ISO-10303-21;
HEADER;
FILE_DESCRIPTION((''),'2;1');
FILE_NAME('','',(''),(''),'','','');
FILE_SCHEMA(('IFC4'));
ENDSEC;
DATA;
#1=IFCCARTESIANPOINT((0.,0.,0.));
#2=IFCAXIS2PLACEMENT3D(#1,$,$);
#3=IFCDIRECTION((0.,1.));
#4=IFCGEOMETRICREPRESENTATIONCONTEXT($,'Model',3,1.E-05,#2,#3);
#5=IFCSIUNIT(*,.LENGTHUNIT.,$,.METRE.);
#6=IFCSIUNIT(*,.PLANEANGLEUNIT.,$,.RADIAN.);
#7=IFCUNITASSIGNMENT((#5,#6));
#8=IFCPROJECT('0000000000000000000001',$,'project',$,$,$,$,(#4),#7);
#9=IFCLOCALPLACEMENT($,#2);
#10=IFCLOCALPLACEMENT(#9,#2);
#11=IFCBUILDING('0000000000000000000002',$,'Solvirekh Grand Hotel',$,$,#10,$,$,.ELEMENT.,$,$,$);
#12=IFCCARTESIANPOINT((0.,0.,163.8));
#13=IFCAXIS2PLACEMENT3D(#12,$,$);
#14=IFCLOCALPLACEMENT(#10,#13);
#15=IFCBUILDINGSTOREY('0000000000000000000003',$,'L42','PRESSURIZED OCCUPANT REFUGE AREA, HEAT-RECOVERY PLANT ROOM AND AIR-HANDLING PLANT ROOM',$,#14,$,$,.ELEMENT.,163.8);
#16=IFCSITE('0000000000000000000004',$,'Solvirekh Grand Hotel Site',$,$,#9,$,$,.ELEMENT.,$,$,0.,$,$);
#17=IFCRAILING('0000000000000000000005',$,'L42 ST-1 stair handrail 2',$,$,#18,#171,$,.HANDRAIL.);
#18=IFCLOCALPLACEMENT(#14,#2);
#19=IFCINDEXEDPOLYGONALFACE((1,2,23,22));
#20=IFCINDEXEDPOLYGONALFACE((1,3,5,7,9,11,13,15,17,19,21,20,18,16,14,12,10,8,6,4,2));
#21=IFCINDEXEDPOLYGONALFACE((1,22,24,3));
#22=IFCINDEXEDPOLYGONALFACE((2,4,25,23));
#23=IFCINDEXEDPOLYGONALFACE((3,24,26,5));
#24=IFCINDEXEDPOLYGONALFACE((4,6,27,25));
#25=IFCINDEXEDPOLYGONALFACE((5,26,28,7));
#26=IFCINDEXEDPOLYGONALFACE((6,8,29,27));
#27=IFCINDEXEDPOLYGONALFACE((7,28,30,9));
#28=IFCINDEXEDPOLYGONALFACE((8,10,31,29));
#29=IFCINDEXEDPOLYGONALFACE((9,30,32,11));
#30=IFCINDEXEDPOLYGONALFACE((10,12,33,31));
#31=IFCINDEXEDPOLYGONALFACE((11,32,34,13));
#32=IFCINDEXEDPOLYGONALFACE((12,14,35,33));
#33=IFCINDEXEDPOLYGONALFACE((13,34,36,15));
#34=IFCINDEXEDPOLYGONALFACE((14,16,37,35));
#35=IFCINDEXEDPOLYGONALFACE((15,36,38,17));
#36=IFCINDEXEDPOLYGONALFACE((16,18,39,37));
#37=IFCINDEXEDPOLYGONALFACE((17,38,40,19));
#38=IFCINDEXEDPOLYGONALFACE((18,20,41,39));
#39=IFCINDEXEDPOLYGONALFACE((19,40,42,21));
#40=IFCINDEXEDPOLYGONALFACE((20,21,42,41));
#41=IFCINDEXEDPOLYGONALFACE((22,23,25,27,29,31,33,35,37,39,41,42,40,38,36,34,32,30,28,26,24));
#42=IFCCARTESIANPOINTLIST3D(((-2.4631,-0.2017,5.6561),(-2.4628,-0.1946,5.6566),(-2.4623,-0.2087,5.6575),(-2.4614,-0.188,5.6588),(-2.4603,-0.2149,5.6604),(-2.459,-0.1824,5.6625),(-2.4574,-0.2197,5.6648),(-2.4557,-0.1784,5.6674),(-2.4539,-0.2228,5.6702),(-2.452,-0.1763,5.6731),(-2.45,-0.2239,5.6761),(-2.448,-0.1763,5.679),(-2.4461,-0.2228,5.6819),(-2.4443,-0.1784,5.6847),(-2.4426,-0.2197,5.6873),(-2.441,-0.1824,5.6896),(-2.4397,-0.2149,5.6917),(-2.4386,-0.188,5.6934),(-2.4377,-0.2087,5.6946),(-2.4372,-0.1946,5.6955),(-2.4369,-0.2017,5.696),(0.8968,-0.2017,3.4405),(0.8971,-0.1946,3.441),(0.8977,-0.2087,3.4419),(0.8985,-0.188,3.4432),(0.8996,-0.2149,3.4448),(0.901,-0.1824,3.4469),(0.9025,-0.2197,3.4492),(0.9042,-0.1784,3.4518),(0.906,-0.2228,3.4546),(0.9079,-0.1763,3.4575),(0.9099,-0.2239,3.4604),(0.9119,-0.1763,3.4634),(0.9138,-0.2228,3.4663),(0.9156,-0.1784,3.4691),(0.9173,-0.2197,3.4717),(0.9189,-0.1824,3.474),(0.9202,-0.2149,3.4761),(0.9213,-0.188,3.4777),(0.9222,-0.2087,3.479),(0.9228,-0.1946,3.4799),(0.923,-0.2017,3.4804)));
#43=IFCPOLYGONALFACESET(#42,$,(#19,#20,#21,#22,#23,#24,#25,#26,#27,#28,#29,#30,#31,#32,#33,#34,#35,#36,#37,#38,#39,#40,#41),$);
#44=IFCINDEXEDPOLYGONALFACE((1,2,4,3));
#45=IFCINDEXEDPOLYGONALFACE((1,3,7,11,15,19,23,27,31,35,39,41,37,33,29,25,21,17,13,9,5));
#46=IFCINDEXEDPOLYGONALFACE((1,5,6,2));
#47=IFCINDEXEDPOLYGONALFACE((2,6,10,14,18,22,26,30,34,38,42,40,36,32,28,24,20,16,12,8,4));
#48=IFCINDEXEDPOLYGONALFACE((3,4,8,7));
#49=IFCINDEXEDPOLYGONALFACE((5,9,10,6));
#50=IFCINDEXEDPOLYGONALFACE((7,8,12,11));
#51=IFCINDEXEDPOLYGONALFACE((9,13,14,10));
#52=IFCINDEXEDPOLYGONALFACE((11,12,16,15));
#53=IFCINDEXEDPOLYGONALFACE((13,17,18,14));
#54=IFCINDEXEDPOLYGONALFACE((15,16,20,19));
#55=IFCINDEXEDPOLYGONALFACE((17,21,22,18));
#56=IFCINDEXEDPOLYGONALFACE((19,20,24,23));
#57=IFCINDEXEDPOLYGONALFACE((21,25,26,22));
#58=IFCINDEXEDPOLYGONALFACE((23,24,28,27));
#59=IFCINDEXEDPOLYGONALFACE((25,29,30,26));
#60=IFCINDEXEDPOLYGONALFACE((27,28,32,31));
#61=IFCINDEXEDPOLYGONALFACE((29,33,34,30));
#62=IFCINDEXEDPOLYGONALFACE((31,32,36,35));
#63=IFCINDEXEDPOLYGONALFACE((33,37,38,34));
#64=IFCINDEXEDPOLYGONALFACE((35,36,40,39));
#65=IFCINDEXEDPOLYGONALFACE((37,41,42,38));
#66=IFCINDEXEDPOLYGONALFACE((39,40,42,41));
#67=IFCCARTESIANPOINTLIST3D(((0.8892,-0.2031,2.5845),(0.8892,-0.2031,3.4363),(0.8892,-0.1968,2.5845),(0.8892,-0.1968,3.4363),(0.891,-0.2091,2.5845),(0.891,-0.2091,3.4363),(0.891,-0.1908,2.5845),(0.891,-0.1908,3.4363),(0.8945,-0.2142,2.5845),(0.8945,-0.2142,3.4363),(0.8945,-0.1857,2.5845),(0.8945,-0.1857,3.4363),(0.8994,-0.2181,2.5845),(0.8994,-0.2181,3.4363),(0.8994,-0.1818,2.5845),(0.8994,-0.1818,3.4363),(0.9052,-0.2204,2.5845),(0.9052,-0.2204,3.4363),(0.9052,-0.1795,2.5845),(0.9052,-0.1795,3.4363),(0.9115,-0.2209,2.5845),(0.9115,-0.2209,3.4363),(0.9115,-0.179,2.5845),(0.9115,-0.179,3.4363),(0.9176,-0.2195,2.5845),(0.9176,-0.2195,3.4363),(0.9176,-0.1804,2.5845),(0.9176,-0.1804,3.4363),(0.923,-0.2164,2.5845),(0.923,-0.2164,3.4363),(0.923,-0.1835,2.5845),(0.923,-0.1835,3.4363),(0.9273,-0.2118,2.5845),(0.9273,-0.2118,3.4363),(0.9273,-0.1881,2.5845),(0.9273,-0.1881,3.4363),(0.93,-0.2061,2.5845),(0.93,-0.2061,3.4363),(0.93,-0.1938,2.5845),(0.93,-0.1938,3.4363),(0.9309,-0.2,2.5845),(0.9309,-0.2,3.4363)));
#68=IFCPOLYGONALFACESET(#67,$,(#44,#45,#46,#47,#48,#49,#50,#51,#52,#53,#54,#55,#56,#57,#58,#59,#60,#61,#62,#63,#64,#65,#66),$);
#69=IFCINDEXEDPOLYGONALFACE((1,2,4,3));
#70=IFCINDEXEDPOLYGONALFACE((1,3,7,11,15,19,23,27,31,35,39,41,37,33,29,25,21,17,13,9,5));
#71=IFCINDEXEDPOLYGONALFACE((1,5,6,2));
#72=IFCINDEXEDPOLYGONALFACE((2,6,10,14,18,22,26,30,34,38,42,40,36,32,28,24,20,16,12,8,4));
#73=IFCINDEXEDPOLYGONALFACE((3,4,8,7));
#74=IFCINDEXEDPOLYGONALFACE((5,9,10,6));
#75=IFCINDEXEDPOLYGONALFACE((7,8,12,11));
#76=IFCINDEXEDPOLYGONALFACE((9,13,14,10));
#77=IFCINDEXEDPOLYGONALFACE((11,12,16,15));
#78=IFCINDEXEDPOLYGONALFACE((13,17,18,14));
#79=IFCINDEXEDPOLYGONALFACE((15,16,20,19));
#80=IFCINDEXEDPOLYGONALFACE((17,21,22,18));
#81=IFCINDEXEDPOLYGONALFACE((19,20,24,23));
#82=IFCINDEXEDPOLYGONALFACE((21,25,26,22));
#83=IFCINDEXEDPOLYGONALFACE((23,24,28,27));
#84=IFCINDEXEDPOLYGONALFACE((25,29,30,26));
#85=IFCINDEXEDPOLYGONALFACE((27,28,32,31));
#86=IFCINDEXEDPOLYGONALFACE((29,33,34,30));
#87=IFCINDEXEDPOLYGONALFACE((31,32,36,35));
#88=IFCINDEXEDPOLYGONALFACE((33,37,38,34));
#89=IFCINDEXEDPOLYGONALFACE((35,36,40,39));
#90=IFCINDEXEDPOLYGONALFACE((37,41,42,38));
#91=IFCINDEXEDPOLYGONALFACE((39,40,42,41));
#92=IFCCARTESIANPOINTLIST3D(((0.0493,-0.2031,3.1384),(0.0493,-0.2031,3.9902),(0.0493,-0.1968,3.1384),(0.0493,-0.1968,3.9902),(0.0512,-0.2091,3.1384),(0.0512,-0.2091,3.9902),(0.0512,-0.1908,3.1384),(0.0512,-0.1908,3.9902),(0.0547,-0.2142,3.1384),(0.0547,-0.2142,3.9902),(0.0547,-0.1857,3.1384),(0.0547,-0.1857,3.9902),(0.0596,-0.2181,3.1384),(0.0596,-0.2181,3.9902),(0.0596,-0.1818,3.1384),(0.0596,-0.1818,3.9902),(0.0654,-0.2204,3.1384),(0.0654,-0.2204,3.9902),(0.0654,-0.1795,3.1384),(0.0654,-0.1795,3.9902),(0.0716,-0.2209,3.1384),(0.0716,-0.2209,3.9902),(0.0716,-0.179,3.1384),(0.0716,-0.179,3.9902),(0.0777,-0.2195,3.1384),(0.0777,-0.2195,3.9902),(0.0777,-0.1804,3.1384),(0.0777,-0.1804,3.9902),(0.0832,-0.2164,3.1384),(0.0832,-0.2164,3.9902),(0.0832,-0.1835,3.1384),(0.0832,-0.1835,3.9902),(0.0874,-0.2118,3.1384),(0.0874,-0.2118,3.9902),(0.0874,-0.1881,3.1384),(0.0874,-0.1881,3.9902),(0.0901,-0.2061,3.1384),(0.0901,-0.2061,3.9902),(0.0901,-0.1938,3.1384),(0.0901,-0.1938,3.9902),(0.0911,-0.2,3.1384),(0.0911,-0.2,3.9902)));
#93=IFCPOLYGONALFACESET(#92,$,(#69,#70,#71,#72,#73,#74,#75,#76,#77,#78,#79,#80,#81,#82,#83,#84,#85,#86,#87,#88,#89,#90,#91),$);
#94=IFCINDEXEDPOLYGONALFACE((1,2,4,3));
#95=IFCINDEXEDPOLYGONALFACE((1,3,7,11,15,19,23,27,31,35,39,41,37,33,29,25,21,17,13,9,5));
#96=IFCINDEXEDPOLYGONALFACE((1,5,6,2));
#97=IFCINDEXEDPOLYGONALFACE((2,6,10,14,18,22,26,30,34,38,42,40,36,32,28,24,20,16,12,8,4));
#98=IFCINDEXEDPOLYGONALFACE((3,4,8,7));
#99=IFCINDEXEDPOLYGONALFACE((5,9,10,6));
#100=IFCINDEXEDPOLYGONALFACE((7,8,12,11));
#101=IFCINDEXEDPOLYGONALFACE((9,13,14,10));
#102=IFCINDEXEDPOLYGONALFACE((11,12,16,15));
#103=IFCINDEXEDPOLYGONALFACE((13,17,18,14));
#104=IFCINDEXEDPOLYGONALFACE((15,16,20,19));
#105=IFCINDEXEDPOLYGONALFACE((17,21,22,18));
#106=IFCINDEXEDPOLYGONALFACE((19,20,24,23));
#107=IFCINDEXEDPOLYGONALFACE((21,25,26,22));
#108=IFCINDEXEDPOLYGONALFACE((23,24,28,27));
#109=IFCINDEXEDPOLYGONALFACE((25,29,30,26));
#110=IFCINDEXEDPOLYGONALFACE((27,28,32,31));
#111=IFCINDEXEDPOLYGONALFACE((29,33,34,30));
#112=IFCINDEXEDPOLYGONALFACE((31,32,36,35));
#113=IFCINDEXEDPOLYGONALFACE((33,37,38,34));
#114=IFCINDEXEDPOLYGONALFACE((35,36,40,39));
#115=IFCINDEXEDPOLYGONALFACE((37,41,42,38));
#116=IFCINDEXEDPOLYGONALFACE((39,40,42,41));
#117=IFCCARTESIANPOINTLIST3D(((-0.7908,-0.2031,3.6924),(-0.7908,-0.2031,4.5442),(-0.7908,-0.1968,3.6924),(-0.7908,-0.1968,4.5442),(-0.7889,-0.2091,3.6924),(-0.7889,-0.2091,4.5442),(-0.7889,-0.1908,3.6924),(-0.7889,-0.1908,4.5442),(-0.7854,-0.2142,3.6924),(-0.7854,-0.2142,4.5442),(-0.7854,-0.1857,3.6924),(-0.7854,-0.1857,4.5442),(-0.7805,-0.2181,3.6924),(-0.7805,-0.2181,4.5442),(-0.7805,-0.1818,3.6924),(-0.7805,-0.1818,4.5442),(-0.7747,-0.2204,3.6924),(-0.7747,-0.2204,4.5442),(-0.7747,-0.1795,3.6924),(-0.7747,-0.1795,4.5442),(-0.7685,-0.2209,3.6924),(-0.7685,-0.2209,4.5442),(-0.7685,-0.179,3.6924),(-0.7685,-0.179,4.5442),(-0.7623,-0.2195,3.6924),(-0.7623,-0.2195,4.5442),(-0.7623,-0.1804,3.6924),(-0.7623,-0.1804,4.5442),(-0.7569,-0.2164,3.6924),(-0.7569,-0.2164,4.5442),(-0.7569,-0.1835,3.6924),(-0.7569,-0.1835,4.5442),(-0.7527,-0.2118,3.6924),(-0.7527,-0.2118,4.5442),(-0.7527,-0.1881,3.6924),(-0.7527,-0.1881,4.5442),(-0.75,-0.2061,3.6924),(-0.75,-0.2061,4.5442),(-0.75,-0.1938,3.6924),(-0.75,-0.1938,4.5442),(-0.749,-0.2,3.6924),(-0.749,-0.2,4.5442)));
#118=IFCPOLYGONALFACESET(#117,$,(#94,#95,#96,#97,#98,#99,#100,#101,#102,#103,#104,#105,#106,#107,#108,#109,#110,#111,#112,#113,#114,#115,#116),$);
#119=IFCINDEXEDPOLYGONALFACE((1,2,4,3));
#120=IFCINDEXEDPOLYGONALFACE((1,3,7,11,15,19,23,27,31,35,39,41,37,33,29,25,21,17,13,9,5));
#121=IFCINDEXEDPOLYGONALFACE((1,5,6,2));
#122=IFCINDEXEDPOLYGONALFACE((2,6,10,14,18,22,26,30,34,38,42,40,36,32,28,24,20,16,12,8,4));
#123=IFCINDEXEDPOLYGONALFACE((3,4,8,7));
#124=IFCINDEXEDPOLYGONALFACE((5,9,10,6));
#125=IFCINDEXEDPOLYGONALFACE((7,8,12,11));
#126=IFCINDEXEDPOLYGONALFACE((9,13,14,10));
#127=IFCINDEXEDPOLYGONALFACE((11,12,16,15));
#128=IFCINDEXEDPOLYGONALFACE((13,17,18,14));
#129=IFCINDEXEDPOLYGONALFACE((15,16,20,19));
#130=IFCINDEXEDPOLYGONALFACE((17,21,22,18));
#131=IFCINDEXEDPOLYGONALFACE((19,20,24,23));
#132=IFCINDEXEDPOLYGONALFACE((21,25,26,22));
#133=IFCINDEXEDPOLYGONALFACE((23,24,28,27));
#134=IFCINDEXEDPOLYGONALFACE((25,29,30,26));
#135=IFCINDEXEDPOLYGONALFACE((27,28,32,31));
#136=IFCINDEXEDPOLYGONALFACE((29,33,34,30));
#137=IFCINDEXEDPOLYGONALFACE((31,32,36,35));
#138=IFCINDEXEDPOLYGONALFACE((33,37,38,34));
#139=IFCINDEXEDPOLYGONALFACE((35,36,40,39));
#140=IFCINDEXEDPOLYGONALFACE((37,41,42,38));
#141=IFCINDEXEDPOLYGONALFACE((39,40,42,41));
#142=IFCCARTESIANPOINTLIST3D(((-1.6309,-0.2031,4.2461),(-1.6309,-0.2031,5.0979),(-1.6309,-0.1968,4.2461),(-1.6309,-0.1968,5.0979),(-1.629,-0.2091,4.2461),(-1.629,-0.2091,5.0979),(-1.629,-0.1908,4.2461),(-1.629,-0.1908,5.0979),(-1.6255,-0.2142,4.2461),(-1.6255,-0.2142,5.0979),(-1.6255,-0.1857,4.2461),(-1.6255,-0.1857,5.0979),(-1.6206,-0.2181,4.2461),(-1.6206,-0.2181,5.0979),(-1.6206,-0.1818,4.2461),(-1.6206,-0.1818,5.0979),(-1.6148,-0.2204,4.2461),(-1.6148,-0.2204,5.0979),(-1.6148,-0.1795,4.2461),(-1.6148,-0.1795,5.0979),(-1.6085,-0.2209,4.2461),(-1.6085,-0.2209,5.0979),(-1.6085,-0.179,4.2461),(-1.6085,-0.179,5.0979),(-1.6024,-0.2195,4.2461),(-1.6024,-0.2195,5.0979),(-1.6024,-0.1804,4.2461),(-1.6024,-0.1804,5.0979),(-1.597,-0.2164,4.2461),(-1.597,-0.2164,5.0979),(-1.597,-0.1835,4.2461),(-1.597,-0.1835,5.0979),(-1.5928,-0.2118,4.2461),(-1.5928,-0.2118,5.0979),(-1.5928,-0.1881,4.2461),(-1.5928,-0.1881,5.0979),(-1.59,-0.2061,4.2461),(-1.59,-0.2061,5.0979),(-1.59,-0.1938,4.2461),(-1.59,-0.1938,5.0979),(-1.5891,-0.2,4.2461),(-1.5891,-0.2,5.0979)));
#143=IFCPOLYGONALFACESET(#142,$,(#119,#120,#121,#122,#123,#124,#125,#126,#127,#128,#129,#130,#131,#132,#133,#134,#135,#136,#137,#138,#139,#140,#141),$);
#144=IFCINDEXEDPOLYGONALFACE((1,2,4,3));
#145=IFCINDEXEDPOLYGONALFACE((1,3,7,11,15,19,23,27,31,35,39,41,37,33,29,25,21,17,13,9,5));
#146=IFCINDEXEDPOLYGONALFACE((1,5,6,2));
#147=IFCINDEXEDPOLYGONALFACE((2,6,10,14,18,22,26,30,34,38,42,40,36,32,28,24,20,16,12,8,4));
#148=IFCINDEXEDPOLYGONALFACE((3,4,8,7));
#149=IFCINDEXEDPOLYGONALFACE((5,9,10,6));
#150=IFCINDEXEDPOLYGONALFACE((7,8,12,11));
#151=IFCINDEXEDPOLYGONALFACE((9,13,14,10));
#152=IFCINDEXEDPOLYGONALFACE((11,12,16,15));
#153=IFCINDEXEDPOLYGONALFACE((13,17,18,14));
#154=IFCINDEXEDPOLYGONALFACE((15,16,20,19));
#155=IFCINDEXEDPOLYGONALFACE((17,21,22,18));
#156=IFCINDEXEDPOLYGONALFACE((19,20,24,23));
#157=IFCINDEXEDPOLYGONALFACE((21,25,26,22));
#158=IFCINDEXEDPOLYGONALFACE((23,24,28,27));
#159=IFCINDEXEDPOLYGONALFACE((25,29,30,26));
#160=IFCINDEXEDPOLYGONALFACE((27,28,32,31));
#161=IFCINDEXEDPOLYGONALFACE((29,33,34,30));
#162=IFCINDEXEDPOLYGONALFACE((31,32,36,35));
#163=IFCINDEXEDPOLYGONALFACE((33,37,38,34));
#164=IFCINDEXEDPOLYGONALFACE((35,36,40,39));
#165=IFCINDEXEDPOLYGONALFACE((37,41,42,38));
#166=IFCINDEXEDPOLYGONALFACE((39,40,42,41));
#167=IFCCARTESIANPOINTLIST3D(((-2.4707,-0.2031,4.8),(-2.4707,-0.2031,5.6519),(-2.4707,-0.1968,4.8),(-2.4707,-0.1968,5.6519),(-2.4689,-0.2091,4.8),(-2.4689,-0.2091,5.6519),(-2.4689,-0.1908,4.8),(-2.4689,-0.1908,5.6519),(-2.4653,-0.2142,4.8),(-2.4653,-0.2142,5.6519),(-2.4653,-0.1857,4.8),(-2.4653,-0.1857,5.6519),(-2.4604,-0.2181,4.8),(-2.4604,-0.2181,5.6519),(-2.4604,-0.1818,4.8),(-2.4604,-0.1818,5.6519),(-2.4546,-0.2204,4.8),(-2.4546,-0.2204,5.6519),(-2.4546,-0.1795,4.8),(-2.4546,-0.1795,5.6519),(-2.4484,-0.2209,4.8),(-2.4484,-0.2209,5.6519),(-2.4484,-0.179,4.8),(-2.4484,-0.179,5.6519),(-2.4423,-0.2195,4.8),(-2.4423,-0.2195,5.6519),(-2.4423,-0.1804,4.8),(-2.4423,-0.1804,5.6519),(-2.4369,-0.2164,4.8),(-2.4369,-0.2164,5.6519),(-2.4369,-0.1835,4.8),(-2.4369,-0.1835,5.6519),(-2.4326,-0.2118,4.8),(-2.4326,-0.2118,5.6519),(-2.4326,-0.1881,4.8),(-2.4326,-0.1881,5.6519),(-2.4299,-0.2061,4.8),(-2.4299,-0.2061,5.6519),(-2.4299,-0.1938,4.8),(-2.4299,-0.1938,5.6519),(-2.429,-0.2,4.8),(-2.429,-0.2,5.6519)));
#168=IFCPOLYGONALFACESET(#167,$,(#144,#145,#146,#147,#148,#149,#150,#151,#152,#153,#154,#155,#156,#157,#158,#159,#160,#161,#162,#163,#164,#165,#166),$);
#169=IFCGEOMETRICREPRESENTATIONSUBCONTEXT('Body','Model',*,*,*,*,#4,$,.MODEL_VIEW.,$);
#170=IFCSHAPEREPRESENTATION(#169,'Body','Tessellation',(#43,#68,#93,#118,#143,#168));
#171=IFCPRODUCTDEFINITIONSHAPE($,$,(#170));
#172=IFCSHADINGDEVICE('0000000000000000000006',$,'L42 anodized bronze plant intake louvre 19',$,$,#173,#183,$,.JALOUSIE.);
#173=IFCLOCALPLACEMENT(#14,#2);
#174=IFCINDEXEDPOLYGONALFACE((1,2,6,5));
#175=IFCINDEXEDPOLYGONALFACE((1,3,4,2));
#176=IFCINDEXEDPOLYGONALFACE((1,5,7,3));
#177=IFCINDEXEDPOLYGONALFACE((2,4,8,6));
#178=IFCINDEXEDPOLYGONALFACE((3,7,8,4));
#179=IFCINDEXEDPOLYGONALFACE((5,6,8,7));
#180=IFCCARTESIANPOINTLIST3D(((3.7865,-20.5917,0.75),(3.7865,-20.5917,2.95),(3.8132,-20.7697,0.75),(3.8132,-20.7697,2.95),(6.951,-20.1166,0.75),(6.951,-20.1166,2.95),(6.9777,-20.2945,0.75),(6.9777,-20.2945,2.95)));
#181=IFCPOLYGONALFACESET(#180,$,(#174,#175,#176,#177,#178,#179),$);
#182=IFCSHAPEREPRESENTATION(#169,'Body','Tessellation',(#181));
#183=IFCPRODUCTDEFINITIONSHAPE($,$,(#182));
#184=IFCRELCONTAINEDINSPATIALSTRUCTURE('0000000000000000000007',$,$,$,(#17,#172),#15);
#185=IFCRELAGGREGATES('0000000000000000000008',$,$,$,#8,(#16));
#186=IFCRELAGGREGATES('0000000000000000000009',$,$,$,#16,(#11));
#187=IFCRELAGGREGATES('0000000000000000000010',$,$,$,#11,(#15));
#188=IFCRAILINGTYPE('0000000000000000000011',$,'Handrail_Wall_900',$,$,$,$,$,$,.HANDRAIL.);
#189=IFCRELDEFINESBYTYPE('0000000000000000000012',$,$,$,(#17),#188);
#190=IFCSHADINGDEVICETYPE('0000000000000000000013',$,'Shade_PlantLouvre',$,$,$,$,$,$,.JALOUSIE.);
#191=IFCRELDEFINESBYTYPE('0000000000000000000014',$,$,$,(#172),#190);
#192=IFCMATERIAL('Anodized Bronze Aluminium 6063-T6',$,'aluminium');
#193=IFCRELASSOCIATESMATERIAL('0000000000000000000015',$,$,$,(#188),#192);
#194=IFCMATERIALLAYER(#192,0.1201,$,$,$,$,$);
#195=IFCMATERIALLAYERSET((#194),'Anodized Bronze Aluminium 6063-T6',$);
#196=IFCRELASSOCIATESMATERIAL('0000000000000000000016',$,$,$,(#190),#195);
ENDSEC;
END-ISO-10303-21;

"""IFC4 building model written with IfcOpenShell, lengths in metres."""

from ifc_helpers import new_model, si_unit, direction, frame, origin, origin_2d, place, context, subcontext, project, spatial, rectangle, circle, extrude, material, layer, layer_set, type_object, element, save


model = new_model("IFC4")

# Units and contexts
model_context = context("Model", 3, precision=1e-05, world=origin(), true_north=direction((0.0, 1.0)))
body_context = subcontext(model_context, "Body", "Model", "MODEL_VIEW")
ifc_project = project(units=[si_unit("LENGTHUNIT", "METRE"), si_unit("PLANEANGLEUNIT", "RADIAN")], contexts=[model_context])

# Site, building, storey
site_placement = place(None, origin())
site = spatial("IfcSite", under=ifc_project, at=site_placement, Name="Solvirekh Grand Hotel Site", CompositionType="ELEMENT", RefElevation=0.0)
building_placement = place(site_placement, origin())
building = spatial("IfcBuilding", under=site, at=building_placement, Name="Solvirekh Grand Hotel", CompositionType="ELEMENT")
storey_placement = place(building_placement, frame((0.0, 0.0, 163.8)))
storey = spatial("IfcBuildingStorey", under=building, at=storey_placement, Name="L42", Description="PRESSURIZED OCCUPANT REFUGE AREA, HEAT-RECOVERY PLANT ROOM AND AIR-HANDLING PLANT ROOM", CompositionType="ELEMENT", Elevation=163.8)

# Shared definitions
ifc_material_1 = material(Name="Anodized Bronze Aluminium 6063-T6", Category="aluminium")

# Railing
railing_type_1 = type_object("IfcRailingType", Name="Handrail_Wall_900", PredefinedType="HANDRAIL", material=ifc_material_1)
railing_1_placement = place(storey_placement, frame((0.9099, -0.2, 2.5845)))
element("IfcRailing", 1, at=railing_1_placement, inside=storey, type_object=railing_type_1, Name="L42 ST-1 stair handrail 2", PredefinedType="HANDRAIL", context=body_context, shape_type="SweptSolid", body=[
    extrude(circle(Radius=0.0239, at=origin_2d()), frame((0.0, 0.0, 0.876), z_axis=(-0.83483, 0.0, 0.550508), x_axis=(0.0, -1.0, 0.0)), (0.0, 0.0, 1.0), 4.0247),
    extrude(circle(Radius=0.021, at=origin_2d()), origin(), (0.0, 0.0, 1.0), 0.8518),
    extrude(circle(Radius=0.021, at=origin_2d()), frame((-0.8398, 0.0, 0.554)), (0.0, 0.0, 1.0), 0.8518),
    extrude(circle(Radius=0.021, at=origin_2d()), frame((-1.6799, 0.0, 1.1079)), (0.0, 0.0, 1.0), 0.8518),
    extrude(circle(Radius=0.021, at=origin_2d()), frame((-2.52, 0.0, 1.6616)), (0.0, 0.0, 1.0), 0.8518),
    extrude(circle(Radius=0.021, at=origin_2d()), frame((-3.3599, 0.0, 2.2156)), (0.0, 0.0, 1.0), 0.8518),
])

# Shading device
ifc_layer_1 = layer(ifc_material_1, 0.1201)
ifc_layer_set_1 = layer_set([ifc_layer_1], Name="Anodized Bronze Aluminium 6063-T6")
shading_device_type = type_object("IfcShadingDeviceType", Name="Shade_PlantLouvre", PredefinedType="JALOUSIE", material=ifc_layer_set_1)
shading_device_placement = place(storey_placement, frame((5.3821, -20.4431, 0.75), z_axis=(0.0, 0.0, 1.0), x_axis=(-0.988912, -0.1485, 0.0)))
element("IfcShadingDevice", 2, at=shading_device_placement, inside=storey, type_object=shading_device_type, Name="L42 anodized bronze plant intake louvre 19", PredefinedType="JALOUSIE", context=body_context, shape_type="SweptSolid", body=[
    extrude(rectangle(XDim=3.2, YDim=0.1799, at=origin_2d()), origin(), (0.0, 0.0, 1.0), 2.2),
])

save(model, "model.ifc")
